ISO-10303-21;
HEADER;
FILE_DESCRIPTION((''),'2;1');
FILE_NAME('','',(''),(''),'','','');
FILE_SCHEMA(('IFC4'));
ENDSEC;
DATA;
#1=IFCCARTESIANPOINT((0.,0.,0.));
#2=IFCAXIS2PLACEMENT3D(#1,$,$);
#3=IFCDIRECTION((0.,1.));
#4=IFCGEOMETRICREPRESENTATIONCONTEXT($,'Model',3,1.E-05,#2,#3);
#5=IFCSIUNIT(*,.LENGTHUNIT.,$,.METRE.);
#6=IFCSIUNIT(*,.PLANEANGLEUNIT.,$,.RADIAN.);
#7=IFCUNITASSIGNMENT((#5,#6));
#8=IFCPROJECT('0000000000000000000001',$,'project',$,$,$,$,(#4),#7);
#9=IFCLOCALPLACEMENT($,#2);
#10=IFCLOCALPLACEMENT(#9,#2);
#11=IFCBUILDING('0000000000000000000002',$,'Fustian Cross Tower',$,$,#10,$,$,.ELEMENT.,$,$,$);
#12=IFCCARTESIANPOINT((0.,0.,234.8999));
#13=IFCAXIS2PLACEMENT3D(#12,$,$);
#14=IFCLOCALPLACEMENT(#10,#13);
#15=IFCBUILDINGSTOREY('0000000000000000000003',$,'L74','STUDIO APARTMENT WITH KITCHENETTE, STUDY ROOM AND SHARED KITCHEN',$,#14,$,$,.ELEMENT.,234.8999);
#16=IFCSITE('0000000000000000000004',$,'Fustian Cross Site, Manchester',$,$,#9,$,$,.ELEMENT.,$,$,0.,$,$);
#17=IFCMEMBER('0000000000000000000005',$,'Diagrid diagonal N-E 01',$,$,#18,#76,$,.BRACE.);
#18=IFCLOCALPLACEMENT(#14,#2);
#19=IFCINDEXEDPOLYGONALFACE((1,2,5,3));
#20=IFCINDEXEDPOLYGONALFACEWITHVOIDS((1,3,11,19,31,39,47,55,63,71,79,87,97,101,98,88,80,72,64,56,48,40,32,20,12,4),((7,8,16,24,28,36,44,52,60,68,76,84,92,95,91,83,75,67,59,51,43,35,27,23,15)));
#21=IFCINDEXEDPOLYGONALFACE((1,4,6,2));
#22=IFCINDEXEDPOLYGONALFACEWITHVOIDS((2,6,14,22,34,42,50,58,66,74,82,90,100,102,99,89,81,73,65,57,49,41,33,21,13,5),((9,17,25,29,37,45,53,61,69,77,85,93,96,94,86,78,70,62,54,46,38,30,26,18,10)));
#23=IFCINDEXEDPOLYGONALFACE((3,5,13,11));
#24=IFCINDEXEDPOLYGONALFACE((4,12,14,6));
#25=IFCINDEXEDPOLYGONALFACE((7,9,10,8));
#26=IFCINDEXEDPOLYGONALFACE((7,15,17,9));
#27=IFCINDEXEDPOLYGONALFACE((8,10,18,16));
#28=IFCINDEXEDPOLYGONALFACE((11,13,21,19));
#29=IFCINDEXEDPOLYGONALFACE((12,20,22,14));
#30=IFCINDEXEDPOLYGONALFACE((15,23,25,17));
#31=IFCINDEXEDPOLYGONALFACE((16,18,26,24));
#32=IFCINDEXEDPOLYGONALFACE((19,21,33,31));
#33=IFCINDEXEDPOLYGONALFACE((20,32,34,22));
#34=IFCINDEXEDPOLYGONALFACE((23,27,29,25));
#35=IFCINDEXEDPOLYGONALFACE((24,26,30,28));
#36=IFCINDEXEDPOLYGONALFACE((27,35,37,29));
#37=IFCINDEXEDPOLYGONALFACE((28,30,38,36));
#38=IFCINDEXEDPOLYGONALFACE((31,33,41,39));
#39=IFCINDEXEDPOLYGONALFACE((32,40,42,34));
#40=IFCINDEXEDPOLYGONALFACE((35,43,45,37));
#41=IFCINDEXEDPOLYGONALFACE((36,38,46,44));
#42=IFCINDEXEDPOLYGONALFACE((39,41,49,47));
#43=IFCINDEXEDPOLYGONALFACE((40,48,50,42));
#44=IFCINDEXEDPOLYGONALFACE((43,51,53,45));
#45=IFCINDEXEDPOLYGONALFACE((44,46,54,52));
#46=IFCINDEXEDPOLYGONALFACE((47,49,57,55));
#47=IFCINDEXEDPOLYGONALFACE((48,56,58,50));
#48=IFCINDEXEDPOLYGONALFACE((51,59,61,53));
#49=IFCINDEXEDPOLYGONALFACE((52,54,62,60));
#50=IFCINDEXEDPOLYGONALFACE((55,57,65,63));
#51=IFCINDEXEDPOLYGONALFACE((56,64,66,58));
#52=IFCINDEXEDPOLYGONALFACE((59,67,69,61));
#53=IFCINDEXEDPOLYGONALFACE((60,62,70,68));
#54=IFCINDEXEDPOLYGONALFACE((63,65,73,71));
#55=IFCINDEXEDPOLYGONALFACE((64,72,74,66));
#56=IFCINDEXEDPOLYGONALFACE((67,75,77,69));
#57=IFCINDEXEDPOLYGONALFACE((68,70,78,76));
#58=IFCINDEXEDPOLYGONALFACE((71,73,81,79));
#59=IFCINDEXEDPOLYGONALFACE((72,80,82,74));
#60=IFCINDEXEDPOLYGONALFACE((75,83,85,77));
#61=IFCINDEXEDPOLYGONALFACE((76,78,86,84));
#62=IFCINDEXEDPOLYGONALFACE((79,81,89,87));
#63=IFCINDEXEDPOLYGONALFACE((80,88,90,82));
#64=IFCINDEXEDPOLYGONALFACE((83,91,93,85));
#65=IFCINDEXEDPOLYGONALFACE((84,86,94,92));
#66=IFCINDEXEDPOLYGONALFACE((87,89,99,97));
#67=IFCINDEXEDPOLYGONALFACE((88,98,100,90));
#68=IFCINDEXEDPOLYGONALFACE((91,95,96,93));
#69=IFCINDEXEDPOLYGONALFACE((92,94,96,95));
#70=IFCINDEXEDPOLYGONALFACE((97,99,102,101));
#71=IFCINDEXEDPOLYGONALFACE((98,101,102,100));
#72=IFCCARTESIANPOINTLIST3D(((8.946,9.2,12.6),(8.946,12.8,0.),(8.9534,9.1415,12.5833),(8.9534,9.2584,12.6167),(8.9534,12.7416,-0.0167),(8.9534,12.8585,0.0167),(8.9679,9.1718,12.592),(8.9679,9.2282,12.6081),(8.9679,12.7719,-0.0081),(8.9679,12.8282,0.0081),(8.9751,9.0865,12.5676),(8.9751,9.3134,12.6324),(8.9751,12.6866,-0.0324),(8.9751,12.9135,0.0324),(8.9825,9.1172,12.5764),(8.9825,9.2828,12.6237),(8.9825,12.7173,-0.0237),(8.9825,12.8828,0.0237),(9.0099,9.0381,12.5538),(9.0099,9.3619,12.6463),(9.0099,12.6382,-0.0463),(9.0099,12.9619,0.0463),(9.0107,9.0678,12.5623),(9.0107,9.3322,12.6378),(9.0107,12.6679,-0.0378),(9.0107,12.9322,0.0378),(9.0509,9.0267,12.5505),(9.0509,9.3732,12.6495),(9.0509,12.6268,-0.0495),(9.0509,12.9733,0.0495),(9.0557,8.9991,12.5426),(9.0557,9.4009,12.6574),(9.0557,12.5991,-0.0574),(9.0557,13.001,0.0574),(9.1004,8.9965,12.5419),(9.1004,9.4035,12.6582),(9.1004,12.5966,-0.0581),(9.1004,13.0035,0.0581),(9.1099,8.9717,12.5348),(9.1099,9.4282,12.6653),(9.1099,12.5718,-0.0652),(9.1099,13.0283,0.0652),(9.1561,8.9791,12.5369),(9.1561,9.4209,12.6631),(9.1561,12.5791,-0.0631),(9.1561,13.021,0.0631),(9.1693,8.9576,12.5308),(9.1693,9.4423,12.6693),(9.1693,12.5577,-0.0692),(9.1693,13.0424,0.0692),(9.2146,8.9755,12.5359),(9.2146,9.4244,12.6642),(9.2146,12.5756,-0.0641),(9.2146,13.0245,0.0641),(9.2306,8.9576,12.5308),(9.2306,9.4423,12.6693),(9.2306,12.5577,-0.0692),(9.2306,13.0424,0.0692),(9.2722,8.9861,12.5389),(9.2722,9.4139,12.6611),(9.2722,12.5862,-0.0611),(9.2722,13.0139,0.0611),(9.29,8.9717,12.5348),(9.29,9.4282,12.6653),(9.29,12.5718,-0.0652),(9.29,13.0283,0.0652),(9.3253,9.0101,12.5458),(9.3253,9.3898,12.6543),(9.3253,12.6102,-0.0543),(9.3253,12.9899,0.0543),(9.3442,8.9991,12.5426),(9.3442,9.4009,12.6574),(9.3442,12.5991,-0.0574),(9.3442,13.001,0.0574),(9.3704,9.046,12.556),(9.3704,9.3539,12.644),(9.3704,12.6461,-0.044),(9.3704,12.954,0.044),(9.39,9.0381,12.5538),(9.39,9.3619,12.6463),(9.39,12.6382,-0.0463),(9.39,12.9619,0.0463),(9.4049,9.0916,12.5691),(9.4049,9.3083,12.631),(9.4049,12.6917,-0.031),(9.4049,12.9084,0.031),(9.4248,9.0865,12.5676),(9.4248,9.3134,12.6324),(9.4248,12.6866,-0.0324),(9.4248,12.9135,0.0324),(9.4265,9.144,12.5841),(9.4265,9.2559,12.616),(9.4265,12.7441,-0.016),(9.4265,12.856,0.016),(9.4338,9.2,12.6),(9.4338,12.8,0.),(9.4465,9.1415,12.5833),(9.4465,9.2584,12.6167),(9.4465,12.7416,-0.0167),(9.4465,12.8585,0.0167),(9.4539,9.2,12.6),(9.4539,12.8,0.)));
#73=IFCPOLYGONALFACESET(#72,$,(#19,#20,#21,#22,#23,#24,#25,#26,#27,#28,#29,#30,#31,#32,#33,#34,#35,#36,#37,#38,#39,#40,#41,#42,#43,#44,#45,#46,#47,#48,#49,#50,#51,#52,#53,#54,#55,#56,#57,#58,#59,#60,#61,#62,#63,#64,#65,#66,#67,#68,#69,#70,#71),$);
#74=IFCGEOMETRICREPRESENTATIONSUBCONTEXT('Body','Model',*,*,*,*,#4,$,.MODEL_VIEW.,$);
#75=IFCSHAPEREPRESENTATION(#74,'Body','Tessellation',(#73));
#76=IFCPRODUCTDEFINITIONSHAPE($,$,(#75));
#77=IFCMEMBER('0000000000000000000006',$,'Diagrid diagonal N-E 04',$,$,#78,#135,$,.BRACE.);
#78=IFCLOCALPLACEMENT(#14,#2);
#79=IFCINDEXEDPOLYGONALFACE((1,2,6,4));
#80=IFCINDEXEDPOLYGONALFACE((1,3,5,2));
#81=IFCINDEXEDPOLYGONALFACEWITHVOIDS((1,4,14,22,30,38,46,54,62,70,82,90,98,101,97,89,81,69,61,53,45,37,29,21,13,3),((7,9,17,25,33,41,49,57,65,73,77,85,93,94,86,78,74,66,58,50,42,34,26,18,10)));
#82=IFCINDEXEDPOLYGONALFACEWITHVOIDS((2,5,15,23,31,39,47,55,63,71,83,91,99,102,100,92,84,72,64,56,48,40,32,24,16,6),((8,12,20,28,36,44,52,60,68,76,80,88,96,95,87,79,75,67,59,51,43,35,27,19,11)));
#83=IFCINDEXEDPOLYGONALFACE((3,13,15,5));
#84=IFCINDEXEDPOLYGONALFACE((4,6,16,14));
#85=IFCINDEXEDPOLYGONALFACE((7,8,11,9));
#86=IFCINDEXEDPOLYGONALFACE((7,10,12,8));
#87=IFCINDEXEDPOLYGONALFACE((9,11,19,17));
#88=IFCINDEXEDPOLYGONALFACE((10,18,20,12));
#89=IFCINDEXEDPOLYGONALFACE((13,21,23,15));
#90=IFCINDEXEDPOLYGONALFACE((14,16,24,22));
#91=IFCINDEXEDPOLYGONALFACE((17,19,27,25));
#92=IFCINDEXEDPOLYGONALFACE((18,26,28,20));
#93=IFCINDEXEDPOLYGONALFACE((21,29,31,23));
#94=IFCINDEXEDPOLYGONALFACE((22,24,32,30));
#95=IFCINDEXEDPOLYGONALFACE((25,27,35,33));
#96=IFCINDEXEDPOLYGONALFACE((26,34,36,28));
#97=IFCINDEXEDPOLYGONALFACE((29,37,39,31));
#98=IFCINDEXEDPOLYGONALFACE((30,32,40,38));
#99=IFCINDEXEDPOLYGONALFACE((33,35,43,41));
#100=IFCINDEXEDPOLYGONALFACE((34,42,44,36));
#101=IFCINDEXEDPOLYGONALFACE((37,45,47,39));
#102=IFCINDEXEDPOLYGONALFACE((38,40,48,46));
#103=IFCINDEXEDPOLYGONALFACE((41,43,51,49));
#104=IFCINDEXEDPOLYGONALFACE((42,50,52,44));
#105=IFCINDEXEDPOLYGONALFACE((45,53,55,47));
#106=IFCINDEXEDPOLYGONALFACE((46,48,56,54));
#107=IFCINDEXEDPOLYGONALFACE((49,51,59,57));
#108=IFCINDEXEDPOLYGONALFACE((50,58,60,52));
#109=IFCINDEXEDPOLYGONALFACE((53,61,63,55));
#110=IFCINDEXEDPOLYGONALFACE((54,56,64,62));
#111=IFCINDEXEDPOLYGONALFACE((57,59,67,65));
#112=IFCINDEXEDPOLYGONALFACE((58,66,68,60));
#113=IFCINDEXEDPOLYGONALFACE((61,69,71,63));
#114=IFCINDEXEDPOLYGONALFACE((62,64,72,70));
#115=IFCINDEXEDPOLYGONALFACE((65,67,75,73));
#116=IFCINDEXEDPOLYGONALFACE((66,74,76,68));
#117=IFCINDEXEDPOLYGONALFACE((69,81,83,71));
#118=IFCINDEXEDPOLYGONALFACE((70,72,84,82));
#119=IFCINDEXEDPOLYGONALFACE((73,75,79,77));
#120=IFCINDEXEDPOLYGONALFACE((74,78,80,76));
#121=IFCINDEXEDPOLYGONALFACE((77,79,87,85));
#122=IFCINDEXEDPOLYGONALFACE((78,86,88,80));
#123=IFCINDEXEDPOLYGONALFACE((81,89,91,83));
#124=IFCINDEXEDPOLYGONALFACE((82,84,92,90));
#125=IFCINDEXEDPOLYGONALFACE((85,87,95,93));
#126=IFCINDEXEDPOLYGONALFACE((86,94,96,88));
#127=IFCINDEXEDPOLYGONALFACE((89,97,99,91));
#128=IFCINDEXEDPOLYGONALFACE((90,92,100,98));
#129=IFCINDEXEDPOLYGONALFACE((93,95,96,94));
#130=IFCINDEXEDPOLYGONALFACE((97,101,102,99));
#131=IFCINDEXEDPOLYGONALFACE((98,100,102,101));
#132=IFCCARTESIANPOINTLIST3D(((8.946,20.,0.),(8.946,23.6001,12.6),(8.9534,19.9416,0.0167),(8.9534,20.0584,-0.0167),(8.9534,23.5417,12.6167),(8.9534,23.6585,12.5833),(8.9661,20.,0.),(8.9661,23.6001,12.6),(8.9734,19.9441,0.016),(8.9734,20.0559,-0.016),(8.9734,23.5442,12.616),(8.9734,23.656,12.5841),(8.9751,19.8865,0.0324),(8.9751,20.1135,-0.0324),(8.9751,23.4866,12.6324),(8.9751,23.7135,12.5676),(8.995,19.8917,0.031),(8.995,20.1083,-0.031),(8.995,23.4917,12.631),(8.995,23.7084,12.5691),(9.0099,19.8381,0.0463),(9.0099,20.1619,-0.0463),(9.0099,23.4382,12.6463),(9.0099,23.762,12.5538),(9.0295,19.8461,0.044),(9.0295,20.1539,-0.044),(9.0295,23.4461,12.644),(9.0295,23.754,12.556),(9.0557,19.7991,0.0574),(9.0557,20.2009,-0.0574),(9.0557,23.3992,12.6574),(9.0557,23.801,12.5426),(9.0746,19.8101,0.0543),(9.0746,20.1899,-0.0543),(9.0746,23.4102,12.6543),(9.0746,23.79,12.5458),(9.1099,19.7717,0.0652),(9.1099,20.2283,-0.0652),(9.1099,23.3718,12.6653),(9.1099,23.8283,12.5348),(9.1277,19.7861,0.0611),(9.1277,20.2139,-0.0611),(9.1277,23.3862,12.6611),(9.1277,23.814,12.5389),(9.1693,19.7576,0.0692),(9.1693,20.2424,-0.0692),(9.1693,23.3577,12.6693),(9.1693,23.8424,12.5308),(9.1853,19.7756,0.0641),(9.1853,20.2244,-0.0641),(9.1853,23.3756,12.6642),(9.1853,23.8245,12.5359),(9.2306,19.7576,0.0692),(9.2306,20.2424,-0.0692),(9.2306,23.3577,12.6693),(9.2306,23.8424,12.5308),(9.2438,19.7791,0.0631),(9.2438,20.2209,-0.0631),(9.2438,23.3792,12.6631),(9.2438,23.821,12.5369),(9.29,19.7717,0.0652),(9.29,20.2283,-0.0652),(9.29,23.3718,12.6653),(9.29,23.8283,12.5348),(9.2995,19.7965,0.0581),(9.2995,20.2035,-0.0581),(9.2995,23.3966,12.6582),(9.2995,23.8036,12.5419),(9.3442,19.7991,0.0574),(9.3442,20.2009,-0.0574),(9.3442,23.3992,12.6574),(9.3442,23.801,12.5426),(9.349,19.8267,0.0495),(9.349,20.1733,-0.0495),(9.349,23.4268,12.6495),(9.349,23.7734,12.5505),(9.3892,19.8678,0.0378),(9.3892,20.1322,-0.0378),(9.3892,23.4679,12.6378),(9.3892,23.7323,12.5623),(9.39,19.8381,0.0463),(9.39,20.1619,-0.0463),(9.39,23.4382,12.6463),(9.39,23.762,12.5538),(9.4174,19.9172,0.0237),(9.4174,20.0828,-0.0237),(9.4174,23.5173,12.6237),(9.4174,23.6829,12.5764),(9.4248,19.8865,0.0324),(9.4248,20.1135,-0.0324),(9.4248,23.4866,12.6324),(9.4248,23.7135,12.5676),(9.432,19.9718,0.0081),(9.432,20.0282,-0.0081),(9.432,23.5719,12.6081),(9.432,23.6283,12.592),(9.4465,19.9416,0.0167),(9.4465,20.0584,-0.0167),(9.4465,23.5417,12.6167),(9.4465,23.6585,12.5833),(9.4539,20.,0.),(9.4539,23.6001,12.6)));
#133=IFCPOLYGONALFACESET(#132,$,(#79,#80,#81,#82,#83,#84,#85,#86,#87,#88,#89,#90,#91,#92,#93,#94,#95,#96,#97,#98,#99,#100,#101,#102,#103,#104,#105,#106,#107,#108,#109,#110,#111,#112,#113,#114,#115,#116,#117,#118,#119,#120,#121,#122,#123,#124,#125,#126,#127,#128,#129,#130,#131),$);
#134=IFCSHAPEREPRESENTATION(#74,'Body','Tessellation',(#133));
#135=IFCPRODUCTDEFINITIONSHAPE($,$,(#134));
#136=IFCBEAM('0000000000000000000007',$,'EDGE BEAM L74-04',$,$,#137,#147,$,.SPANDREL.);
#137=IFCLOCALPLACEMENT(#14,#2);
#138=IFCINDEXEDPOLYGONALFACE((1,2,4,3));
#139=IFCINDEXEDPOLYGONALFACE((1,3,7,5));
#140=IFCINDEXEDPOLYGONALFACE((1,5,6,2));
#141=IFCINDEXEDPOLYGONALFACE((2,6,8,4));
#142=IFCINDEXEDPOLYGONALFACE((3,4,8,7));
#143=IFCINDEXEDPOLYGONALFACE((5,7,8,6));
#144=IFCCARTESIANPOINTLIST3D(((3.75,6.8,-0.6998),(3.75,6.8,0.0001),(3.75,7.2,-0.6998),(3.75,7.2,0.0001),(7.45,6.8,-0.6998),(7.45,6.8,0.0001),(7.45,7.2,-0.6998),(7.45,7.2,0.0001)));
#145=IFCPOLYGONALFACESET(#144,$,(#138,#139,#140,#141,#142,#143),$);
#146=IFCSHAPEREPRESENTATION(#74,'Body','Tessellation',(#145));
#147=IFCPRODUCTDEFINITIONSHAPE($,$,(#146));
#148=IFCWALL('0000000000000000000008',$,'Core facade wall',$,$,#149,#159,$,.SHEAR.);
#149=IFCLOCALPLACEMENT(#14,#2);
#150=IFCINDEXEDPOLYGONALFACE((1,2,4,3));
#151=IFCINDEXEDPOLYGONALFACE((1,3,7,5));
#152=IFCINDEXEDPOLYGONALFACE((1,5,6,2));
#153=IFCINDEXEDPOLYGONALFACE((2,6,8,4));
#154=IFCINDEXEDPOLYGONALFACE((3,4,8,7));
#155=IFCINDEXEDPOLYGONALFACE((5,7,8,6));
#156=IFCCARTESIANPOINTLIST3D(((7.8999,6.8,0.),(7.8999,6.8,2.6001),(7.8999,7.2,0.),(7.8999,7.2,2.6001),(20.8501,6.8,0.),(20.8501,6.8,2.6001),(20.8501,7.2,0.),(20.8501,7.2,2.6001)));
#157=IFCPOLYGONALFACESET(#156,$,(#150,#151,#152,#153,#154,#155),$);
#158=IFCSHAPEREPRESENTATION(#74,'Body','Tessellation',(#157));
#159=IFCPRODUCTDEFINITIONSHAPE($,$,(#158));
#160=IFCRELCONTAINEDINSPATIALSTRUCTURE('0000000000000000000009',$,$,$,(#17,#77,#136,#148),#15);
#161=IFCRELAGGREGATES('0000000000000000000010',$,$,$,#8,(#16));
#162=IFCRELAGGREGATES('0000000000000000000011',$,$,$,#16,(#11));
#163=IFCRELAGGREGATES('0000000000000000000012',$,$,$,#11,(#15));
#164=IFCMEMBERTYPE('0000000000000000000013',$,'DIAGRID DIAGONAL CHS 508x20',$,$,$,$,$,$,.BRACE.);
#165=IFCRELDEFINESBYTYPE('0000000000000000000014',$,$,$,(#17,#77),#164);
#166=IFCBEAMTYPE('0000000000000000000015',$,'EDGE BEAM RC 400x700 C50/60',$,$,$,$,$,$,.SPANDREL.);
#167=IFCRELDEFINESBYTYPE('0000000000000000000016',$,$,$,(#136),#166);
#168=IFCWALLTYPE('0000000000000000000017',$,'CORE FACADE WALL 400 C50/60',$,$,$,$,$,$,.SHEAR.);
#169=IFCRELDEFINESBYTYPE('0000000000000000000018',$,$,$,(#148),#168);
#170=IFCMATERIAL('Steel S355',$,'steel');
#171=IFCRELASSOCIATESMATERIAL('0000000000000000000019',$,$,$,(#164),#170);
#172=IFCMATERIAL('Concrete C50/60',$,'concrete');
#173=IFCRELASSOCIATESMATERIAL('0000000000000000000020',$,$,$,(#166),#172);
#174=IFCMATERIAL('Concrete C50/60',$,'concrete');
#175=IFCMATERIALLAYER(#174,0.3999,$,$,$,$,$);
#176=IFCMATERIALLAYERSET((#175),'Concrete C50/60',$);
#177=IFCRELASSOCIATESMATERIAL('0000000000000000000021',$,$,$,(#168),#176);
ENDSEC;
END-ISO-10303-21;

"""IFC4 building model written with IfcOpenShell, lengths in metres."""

from ifc_helpers import new_model, si_unit, direction, frame, frame_2d, origin, origin_2d, place, context, subcontext, project, spatial, rectangle, hollow_circle, extrude, material, layer, layer_set, material_profile, profile_set, type_object, element, save


model = new_model("IFC4")

# Units and contexts
model_context = context("Model", 3, precision=1e-05, world=origin(), true_north=direction((0.0, 1.0)))
body_context = subcontext(model_context, "Body", "Model", "MODEL_VIEW")
ifc_project = project(units=[si_unit("LENGTHUNIT", "METRE"), si_unit("PLANEANGLEUNIT", "RADIAN")], contexts=[model_context])

# Site, building, storey
site_placement = place(None, origin())
site = spatial("IfcSite", under=ifc_project, at=site_placement, Name="Fustian Cross Site, Manchester", CompositionType="ELEMENT", RefElevation=0.0)
building_placement = place(site_placement, origin())
building = spatial("IfcBuilding", under=site, at=building_placement, Name="Fustian Cross Tower", CompositionType="ELEMENT")
storey_placement = place(building_placement, frame((0.0, 0.0, 234.8999)))
storey = spatial("IfcBuildingStorey", under=building, at=storey_placement, Name="L74", Description="STUDIO APARTMENT WITH KITCHENETTE, STUDY ROOM AND SHARED KITCHEN", CompositionType="ELEMENT", Elevation=234.8999)

# Members
ifc_material_1 = material(Name="Steel S355", Category="steel")
ifc_material_profile_1 = material_profile(ifc_material_1, hollow_circle(Radius=0.2539, WallThickness=0.02, at=origin_2d()), Name="CHS 508x20")
ifc_profile_set_1 = profile_set([ifc_material_profile_1], Name="Steel S355")
member_type_1 = type_object("IfcMemberType", Name="DIAGRID DIAGONAL CHS 508x20", PredefinedType="BRACE", material=ifc_profile_set_1)
for number, where, z_axis, x_axis, name in (
    (1, (9.2, 12.8, 0.0), (0.0, -0.274726, 0.961523), (1.0, 0.0, 0.0), "Diagrid diagonal N-E 01"),
    (2, (9.2, 20.0, 0.0), (0.0, 0.274726, 0.961523), (-1.0, 0.0, 0.0), "Diagrid diagonal N-E 04"),
):
    element("IfcMember", number, at=place(storey_placement, frame(where, z_axis=z_axis, x_axis=x_axis)), inside=storey, type_object=member_type_1, Name=name, PredefinedType="BRACE", context=body_context, shape_type="SweptSolid", body=[
        extrude(hollow_circle(Radius=0.2539, WallThickness=0.02, at=origin_2d()), origin(), (0.0, 0.0, 1.0), 13.1042),
    ])

# Beam
ifc_material_2 = material(Name="Concrete C50/60", Category="concrete")
ifc_material_profile_2 = material_profile(ifc_material_2, rectangle(XDim=0.3999, YDim=0.7, at=origin_2d()), Name="RC 400x700")
ifc_profile_set_2 = profile_set([ifc_material_profile_2], Name="Concrete C50/60")
beam_type = type_object("IfcBeamType", Name="EDGE BEAM RC 400x700 C50/60", PredefinedType="SPANDREL", material=ifc_profile_set_2)
beam_placement = place(storey_placement, frame((7.45, 7.0, -0.3499), z_axis=(-1.0, 0.0, 0.0), x_axis=(0.0, -1.0, 0.0)))
element("IfcBeam", 3, at=beam_placement, inside=storey, type_object=beam_type, Name="EDGE BEAM L74-04", PredefinedType="SPANDREL", context=body_context, shape_type="SweptSolid", body=[
    extrude(rectangle(XDim=0.3999, YDim=0.7, at=origin_2d()), origin(), (0.0, 0.0, 1.0), 3.7),
])

# Wall
ifc_material_3 = material(Name="Concrete C50/60", Category="concrete")
ifc_layer_1 = layer(ifc_material_3, 0.3999)
ifc_layer_set_1 = layer_set([ifc_layer_1], Name="Concrete C50/60")
wall_type_1 = type_object("IfcWallType", Name="CORE FACADE WALL 400 C50/60", PredefinedType="SHEAR", material=ifc_layer_set_1)
wall_1_placement = place(storey_placement, frame((7.8999, 7.0, 0.0), z_axis=(0.0, 0.0, 1.0), x_axis=(1.0, 0.0, 0.0)))
element("IfcWall", 4, at=wall_1_placement, inside=storey, type_object=wall_type_1, Name="Core facade wall", PredefinedType="SHEAR", context=body_context, shape_type="SweptSolid", body=[
    extrude(rectangle(XDim=12.9502, YDim=0.3999, at=frame_2d((6.4751, 0.0))), origin(), (0.0, 0.0, 1.0), 2.6001),
])

save(model, "model.ifc")
